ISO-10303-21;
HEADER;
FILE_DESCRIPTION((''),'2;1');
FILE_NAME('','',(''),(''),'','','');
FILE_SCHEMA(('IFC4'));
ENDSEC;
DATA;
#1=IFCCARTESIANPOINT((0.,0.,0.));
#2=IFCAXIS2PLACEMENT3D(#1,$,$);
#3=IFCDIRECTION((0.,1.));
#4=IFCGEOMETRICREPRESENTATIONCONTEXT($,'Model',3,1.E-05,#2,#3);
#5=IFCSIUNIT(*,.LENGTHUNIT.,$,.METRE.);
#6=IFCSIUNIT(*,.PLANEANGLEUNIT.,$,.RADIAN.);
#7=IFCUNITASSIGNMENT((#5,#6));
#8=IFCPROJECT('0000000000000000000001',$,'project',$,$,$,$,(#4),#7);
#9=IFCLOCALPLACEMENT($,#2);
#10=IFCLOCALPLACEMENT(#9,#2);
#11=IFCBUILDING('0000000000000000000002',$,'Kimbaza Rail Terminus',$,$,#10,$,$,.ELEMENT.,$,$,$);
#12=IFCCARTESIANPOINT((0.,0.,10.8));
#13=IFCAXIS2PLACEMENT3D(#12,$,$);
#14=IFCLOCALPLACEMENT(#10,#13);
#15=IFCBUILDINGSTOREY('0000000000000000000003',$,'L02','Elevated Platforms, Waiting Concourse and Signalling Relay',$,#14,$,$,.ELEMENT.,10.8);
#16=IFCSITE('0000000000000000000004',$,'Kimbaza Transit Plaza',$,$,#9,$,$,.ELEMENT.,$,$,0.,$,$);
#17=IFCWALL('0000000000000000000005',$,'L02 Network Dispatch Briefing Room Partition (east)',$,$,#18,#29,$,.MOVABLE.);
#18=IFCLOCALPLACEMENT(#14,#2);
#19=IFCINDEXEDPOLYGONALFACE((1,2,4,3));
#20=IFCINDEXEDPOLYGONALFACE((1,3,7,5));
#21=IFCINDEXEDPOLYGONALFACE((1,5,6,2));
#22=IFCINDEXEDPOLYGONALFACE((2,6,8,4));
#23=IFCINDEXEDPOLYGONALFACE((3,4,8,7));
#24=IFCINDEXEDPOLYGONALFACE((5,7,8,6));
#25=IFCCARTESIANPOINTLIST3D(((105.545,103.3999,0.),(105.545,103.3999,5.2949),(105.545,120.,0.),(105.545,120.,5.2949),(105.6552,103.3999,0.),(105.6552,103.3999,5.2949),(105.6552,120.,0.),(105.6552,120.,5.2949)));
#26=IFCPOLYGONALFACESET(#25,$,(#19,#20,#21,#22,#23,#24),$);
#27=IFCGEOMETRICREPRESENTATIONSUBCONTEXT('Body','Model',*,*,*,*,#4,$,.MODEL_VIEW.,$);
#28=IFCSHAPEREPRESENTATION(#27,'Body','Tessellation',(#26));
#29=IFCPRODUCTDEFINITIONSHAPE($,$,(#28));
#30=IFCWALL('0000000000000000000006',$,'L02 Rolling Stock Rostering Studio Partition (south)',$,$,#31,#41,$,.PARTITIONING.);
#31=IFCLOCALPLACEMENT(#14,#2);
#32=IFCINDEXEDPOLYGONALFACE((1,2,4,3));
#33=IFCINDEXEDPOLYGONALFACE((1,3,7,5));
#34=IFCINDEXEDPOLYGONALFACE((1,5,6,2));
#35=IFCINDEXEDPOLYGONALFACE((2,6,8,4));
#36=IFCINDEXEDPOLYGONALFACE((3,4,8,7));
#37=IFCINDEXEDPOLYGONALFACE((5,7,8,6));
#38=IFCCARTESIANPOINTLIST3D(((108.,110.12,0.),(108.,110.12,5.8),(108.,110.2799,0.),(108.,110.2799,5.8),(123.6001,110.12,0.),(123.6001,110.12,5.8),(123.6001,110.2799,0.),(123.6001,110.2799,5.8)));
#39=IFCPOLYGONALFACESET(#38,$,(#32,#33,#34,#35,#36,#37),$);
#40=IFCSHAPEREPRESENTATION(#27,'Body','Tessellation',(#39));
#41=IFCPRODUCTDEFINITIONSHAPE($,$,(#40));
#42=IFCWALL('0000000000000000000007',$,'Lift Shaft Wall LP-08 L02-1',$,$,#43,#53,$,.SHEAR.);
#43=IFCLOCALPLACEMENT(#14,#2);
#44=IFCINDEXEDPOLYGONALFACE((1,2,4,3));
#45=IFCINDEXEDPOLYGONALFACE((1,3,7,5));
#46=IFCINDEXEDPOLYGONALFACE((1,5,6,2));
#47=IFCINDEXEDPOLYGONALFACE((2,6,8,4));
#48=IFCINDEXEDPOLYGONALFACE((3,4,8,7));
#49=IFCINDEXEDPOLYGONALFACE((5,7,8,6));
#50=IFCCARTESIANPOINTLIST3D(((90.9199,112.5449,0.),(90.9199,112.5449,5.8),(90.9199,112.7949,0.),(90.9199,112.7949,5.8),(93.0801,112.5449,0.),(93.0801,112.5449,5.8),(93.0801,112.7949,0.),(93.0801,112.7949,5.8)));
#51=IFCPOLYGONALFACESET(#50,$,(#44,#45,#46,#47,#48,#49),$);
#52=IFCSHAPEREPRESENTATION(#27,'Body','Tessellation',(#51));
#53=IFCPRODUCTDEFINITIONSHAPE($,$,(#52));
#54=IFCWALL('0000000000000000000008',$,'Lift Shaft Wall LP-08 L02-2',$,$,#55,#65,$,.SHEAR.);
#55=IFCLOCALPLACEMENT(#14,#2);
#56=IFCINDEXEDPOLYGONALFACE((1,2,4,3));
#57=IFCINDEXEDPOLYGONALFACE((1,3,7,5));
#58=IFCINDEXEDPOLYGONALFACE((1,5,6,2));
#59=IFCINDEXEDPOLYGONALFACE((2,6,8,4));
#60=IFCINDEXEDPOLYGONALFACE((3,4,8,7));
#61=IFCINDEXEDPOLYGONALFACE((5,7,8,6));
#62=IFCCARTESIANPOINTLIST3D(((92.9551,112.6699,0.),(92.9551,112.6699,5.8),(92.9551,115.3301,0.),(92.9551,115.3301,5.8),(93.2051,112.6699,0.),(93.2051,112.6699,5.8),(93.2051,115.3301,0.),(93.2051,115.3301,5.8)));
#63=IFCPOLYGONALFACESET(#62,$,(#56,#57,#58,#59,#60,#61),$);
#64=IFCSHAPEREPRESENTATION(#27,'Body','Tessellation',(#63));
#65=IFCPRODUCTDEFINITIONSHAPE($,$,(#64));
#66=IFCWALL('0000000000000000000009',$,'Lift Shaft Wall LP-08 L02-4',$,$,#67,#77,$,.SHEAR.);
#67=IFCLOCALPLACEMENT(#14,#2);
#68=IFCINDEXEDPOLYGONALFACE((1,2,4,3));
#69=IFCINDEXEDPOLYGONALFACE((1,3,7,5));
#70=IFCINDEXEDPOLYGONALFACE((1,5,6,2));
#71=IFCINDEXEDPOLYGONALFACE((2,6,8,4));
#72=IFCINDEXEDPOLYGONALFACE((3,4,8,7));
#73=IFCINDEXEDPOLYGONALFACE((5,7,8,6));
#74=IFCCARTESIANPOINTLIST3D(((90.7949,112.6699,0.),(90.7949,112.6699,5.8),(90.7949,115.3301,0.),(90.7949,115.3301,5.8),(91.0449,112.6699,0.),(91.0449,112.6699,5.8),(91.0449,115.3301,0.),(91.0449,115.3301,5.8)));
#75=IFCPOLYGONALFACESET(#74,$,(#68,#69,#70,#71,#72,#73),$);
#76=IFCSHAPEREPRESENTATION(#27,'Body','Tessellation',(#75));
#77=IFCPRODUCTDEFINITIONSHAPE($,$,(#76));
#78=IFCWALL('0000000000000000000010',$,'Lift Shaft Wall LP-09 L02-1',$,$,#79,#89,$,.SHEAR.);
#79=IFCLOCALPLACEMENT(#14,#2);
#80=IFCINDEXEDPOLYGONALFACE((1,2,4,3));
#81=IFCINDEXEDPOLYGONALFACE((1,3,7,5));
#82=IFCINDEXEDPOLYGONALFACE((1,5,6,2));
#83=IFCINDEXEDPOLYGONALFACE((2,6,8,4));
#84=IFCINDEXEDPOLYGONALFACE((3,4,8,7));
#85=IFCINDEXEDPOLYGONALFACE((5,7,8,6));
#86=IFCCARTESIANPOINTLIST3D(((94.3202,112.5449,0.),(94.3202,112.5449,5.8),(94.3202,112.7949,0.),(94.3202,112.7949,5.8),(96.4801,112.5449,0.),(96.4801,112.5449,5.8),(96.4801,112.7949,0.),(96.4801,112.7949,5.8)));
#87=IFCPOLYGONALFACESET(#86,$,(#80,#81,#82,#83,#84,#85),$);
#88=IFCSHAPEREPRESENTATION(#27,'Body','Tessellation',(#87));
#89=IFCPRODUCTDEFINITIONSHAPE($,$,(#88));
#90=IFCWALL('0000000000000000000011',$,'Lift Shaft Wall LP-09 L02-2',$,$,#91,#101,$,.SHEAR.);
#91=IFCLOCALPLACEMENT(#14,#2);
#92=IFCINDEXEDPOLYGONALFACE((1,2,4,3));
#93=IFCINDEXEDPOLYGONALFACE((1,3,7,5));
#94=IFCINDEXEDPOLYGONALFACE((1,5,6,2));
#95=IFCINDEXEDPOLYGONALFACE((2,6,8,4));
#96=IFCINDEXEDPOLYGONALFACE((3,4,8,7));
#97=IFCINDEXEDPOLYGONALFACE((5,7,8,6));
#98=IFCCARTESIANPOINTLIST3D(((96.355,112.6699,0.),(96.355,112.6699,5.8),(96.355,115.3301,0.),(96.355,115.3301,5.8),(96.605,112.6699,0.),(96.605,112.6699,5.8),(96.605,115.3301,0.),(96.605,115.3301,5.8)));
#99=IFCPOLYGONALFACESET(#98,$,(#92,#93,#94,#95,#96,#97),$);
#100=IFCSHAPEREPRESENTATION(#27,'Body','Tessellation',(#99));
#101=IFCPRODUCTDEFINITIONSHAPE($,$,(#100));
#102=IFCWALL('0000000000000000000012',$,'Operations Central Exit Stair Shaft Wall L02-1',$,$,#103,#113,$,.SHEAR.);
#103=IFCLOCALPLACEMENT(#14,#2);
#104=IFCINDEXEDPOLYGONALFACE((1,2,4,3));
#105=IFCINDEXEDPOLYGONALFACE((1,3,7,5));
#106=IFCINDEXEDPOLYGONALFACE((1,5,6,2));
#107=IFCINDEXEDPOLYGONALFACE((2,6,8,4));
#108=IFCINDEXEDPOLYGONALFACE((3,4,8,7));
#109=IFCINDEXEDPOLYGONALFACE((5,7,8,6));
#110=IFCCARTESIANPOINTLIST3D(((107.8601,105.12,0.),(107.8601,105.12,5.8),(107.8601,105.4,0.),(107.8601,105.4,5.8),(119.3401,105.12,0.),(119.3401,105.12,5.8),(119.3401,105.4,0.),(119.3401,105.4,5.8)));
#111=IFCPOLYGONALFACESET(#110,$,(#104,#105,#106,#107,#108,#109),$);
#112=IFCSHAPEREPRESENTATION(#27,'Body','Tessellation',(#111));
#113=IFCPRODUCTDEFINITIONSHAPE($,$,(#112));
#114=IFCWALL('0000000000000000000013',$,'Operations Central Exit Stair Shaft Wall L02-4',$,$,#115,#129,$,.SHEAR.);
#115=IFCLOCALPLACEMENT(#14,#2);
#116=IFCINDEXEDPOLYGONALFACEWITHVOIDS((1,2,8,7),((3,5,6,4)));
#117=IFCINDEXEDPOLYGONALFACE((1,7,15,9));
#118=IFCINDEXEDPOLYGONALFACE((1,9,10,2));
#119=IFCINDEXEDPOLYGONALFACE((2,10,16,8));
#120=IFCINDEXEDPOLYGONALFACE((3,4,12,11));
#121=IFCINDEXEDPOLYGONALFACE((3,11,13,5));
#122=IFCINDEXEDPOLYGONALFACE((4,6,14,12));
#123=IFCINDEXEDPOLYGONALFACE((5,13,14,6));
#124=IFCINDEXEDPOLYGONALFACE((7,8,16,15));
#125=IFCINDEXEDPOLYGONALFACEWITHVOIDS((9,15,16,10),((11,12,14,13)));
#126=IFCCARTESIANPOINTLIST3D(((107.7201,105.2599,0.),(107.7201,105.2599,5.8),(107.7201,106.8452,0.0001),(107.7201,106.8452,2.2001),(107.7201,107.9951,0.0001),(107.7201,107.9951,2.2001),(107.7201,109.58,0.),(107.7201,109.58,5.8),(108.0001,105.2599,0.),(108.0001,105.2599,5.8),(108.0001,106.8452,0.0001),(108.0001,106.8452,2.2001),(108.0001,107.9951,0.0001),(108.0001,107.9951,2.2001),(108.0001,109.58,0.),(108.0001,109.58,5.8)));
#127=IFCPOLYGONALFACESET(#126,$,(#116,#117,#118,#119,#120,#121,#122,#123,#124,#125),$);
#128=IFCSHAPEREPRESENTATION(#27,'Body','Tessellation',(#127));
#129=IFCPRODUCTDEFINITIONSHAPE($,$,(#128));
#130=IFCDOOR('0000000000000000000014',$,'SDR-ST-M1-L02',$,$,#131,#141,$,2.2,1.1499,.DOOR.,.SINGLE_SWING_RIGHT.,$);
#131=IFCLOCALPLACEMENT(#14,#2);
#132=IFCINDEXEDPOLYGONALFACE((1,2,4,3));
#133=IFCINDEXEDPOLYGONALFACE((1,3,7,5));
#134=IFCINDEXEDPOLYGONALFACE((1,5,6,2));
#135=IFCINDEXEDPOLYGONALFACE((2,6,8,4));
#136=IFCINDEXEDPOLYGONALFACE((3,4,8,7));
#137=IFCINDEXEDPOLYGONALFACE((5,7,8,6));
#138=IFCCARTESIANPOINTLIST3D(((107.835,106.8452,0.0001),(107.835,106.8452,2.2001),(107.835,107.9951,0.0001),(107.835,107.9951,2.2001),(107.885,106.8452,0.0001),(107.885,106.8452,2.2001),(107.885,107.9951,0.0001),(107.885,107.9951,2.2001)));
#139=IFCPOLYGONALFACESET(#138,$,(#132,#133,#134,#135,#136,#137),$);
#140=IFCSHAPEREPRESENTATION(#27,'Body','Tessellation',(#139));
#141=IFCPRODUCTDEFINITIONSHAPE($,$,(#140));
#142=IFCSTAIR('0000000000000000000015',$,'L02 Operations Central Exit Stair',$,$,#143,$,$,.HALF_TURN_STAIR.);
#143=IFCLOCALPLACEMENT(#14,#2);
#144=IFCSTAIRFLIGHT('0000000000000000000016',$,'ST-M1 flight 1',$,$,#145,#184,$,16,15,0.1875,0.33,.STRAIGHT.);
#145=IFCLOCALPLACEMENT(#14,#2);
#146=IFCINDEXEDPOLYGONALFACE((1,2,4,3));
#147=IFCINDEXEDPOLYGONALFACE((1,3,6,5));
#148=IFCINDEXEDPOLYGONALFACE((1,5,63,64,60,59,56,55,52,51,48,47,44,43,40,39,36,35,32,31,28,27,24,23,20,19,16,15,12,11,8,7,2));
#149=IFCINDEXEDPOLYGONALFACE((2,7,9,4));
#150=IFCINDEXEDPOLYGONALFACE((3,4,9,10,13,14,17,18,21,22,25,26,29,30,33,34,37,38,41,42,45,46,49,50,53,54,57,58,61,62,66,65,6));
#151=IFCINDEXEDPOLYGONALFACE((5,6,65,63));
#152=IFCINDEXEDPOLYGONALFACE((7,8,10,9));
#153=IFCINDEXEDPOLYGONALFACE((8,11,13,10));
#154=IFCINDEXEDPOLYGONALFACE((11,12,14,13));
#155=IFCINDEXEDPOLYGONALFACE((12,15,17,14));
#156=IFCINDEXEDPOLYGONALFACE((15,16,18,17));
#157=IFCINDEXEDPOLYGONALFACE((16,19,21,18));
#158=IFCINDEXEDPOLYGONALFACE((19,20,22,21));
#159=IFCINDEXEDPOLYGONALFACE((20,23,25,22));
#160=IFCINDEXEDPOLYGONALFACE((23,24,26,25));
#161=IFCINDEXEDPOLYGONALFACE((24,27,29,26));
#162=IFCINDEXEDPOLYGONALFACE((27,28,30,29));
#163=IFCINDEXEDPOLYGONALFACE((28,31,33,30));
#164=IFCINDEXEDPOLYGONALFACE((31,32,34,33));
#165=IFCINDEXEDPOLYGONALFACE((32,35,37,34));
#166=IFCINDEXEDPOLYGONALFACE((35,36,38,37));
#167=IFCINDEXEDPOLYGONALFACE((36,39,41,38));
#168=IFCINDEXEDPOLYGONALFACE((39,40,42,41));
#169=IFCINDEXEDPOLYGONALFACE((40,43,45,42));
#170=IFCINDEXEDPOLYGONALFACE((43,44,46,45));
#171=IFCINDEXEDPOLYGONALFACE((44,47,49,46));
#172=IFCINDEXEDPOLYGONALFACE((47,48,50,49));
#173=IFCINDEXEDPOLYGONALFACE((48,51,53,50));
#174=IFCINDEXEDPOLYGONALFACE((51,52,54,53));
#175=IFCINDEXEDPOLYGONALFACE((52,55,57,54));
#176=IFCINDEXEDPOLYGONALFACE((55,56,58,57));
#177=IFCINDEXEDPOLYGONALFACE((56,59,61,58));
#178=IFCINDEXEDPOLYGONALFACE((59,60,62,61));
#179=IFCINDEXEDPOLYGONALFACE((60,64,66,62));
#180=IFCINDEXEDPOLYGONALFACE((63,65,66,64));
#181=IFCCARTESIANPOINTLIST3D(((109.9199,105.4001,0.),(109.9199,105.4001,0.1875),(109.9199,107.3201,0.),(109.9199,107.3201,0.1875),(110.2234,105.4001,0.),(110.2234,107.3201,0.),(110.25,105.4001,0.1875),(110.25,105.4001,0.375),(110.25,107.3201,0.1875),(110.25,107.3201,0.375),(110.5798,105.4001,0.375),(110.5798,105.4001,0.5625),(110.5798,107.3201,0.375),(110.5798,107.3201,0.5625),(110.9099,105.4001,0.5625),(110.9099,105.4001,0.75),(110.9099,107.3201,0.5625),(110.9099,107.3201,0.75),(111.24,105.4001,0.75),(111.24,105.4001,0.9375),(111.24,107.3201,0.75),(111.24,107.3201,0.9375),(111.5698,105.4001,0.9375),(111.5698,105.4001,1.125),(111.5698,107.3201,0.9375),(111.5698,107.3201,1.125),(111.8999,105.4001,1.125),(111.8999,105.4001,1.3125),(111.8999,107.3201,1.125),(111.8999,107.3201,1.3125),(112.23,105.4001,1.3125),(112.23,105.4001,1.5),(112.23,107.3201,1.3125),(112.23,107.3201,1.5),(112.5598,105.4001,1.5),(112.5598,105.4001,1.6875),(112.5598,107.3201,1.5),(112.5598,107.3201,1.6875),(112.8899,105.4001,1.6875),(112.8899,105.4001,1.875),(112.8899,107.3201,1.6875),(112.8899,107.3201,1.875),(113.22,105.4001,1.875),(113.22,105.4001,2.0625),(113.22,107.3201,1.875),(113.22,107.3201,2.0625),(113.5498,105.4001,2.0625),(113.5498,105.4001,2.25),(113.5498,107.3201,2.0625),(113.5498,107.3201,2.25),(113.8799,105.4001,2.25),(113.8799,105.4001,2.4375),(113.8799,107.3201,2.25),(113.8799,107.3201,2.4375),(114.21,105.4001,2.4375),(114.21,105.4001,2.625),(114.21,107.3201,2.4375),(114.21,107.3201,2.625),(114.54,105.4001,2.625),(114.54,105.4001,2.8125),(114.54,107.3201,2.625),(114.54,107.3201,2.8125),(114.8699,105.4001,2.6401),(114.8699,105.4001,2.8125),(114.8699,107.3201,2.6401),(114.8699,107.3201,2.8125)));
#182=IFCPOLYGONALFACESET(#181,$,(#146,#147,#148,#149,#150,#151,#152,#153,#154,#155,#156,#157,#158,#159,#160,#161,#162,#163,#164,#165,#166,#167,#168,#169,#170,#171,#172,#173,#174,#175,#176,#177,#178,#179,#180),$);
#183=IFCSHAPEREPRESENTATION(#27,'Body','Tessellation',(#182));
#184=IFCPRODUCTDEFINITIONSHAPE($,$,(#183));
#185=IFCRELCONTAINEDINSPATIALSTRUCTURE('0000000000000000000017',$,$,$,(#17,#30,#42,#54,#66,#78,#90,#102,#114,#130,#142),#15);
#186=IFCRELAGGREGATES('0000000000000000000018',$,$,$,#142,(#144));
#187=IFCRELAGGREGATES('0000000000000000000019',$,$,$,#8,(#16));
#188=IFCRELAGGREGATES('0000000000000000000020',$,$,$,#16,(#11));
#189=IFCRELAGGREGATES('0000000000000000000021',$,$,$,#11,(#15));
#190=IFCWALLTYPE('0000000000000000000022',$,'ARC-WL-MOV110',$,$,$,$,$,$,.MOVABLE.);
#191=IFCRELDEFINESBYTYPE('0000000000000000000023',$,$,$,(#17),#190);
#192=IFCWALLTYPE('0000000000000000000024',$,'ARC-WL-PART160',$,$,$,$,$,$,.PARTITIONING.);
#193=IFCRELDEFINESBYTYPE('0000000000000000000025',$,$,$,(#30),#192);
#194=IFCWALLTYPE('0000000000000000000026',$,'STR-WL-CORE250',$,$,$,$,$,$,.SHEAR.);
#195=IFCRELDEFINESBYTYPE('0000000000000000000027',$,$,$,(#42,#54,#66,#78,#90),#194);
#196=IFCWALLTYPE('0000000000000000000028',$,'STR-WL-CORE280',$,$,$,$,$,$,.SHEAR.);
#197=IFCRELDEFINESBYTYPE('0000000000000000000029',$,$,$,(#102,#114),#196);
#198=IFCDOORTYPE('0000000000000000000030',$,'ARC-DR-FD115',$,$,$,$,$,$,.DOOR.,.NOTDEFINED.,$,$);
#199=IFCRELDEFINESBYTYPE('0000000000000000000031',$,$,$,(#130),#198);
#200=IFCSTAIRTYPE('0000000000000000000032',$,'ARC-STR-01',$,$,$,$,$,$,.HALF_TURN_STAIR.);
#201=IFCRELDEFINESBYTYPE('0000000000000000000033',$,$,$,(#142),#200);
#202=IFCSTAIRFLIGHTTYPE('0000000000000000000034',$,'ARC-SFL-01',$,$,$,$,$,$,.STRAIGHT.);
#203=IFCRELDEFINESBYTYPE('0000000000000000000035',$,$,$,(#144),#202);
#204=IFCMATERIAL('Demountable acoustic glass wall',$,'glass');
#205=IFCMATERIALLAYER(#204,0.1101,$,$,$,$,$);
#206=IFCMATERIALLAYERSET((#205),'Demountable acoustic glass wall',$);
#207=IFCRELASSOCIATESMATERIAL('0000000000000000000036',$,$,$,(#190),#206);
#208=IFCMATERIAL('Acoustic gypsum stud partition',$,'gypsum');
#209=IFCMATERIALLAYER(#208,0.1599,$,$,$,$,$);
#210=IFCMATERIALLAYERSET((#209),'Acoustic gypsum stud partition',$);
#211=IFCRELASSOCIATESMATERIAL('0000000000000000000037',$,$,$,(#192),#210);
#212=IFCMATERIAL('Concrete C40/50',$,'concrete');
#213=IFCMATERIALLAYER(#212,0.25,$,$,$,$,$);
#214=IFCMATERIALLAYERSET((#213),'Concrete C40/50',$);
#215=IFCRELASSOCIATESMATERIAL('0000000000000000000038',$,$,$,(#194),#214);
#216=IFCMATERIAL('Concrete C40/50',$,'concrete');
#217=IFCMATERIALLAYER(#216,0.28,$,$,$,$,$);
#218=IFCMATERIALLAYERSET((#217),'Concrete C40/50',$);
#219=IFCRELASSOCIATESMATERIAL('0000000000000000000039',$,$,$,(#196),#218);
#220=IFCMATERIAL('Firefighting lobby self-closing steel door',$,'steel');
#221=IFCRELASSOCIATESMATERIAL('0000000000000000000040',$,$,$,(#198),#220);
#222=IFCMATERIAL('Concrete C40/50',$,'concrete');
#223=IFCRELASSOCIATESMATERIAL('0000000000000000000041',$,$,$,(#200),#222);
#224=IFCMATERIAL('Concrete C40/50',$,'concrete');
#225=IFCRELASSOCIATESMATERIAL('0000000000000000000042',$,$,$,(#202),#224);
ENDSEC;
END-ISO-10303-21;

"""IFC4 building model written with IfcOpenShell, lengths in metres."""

from ifc_helpers import new_model, si_unit, direction, frame, frame_2d, origin, place, context, subcontext, project, spatial, polyline, rectangle, outline, extrude, material, layer, layer_set, type_object, element, fill, aggregate, save


model = new_model("IFC4")

# Units and contexts
model_context = context("Model", 3, precision=1e-05, world=origin(), true_north=direction((0.0, 1.0)))
body_context = subcontext(model_context, "Body", "Model", "MODEL_VIEW")
ifc_project = project(units=[si_unit("LENGTHUNIT", "METRE"), si_unit("PLANEANGLEUNIT", "RADIAN")], contexts=[model_context])

# Site, building, storey
site_placement = place(None, origin())
site = spatial("IfcSite", under=ifc_project, at=site_placement, Name="Kimbaza Transit Plaza", CompositionType="ELEMENT", RefElevation=0.0)
building_placement = place(site_placement, origin())
building = spatial("IfcBuilding", under=site, at=building_placement, Name="Kimbaza Rail Terminus", CompositionType="ELEMENT")
storey_placement = place(building_placement, frame((0.0, 0.0, 10.8)))
storey = spatial("IfcBuildingStorey", under=building, at=storey_placement, Name="L02", Description="Elevated Platforms, Waiting Concourse and Signalling Relay", CompositionType="ELEMENT", Elevation=10.8)

# Walls
ifc_material_1 = material(Name="Demountable acoustic glass wall", Category="glass")
ifc_layer_1 = layer(ifc_material_1, 0.1101)
ifc_layer_set_1 = layer_set([ifc_layer_1], Name="Demountable acoustic glass wall")
wall_type_1 = type_object("IfcWallType", Name="ARC-WL-MOV110", PredefinedType="MOVABLE", material=ifc_layer_set_1)
wall_1_placement = place(storey_placement, frame((105.6001, 103.3999, 0.0), z_axis=(0.0, 0.0, 1.0), x_axis=(0.0, 1.0, 0.0)))
element("IfcWall", 1, at=wall_1_placement, inside=storey, type_object=wall_type_1, Name="L02 Network Dispatch Briefing Room Partition (east)", PredefinedType="MOVABLE", context=body_context, shape_type="SweptSolid", body=[
    extrude(rectangle(XDim=16.6001, YDim=0.1101, at=frame_2d((8.3, 0.0))), origin(), (0.0, 0.0, 1.0), 5.2949),
])
ifc_material_2 = material(Name="Acoustic gypsum stud partition", Category="gypsum")
ifc_layer_2 = layer(ifc_material_2, 0.1599)
ifc_layer_set_2 = layer_set([ifc_layer_2], Name="Acoustic gypsum stud partition")
wall_type_2 = type_object("IfcWallType", Name="ARC-WL-PART160", PredefinedType="PARTITIONING", material=ifc_layer_set_2)
wall_2_placement = place(storey_placement, frame((108.0, 110.2, 0.0), z_axis=(0.0, 0.0, 1.0), x_axis=(1.0, 0.0, 0.0)))
element("IfcWall", 2, at=wall_2_placement, inside=storey, type_object=wall_type_2, Name="L02 Rolling Stock Rostering Studio Partition (south)", PredefinedType="PARTITIONING", context=body_context, shape_type="SweptSolid", body=[
    extrude(rectangle(XDim=15.6001, YDim=0.1599, at=frame_2d((7.8, 0.0))), origin(), (0.0, 0.0, 1.0), 5.8),
])
ifc_material_3 = material(Name="Concrete C40/50", Category="concrete")
ifc_layer_3 = layer(ifc_material_3, 0.25)
ifc_layer_set_3 = layer_set([ifc_layer_3], Name="Concrete C40/50")
wall_type_3 = type_object("IfcWallType", Name="STR-WL-CORE250", PredefinedType="SHEAR", material=ifc_layer_set_3)
wall_3_placement = place(storey_placement, frame((90.9199, 112.6699, 0.0), z_axis=(0.0, 0.0, 1.0), x_axis=(1.0, 0.0, 0.0)))
element("IfcWall", 3, at=wall_3_placement, inside=storey, type_object=wall_type_3, Name="Lift Shaft Wall LP-08 L02-1", PredefinedType="SHEAR", context=body_context, shape_type="SweptSolid", body=[
    extrude(rectangle(XDim=2.1602, YDim=0.25, at=frame_2d((1.0801, 0.0))), origin(), (0.0, 0.0, 1.0), 5.8),
])
for number, where, z_axis, x_axis, name in (
    (4, (93.0801, 112.6699, 0.0), (0.0, 0.0, 1.0), (0.0, 1.0, 0.0), "Lift Shaft Wall LP-08 L02-2"),
    (5, (90.9199, 115.3301, 0.0), (0.0, 0.0, 1.0), (0.0, -1.0, 0.0), "Lift Shaft Wall LP-08 L02-4"),
):
    element("IfcWall", number, at=place(storey_placement, frame(where, z_axis=z_axis, x_axis=x_axis)), inside=storey, type_object=wall_type_3, Name=name, PredefinedType="SHEAR", context=body_context, shape_type="SweptSolid", body=[
        extrude(rectangle(XDim=2.6602, YDim=0.25, at=frame_2d((1.3301, 0.0))), origin(), (0.0, 0.0, 1.0), 5.8),
    ])
wall_4_placement = place(storey_placement, frame((94.3201, 112.6699, 0.0), z_axis=(0.0, 0.0, 1.0), x_axis=(1.0, 0.0, 0.0)))
element("IfcWall", 6, at=wall_4_placement, inside=storey, type_object=wall_type_3, Name="Lift Shaft Wall LP-09 L02-1", PredefinedType="SHEAR", context=body_context, shape_type="SweptSolid", body=[
    extrude(rectangle(XDim=2.1599, YDim=0.25, at=frame_2d((1.0801, 0.0))), origin(), (0.0, 0.0, 1.0), 5.8),
])
wall_5_placement = place(storey_placement, frame((96.48, 112.6699, 0.0), z_axis=(0.0, 0.0, 1.0), x_axis=(0.0, 1.0, 0.0)))
element("IfcWall", 7, at=wall_5_placement, inside=storey, type_object=wall_type_3, Name="Lift Shaft Wall LP-09 L02-2", PredefinedType="SHEAR", context=body_context, shape_type="SweptSolid", body=[
    extrude(rectangle(XDim=2.6602, YDim=0.25, at=frame_2d((1.3301, 0.0))), origin(), (0.0, 0.0, 1.0), 5.8),
])
ifc_material_4 = material(Name="Concrete C40/50", Category="concrete")
ifc_layer_4 = layer(ifc_material_4, 0.28)
ifc_layer_set_4 = layer_set([ifc_layer_4], Name="Concrete C40/50")
wall_type_4 = type_object("IfcWallType", Name="STR-WL-CORE280", PredefinedType="SHEAR", material=ifc_layer_set_4)
wall_6_placement = place(storey_placement, frame((107.8601, 105.26, 0.0), z_axis=(0.0, 0.0, 1.0), x_axis=(1.0, 0.0, 0.0)))
element("IfcWall", 8, at=wall_6_placement, inside=storey, type_object=wall_type_4, Name="Operations Central Exit Stair Shaft Wall L02-1", PredefinedType="SHEAR", context=body_context, shape_type="SweptSolid", body=[
    extrude(rectangle(XDim=11.48, YDim=0.28, at=frame_2d((5.74, 0.0))), origin(), (0.0, 0.0, 1.0), 5.8),
])

# Wall, opening, door
wall_7_placement = place(storey_placement, frame((107.8601, 109.5801, 0.0), z_axis=(0.0, 0.0, 1.0), x_axis=(0.0, -1.0, 0.0)))
wall_7 = element("IfcWall", 9, at=wall_7_placement, inside=storey, type_object=wall_type_4, Name="Operations Central Exit Stair Shaft Wall L02-4", PredefinedType="SHEAR", context=body_context, shape_type="SweptSolid", body=[
    extrude(rectangle(XDim=4.3201, YDim=0.28, at=frame_2d((2.1602, 0.0))), origin(), (0.0, 0.0, 1.0), 5.8),
])
opening_placement = place(wall_7_placement, frame((1.585, 0.0, 0.0)))
opening = element("IfcOpeningElement", 10, at=opening_placement, cuts=wall_7, PredefinedType="OPENING", context=body_context, shape_type="SweptSolid", body=[
    extrude(rectangle(XDim=1.1499, YDim=2.2, at=frame_2d((0.575, 1.1001))), frame((0.0, 0.1499, 0.0), z_axis=(0.0, -1.0, 0.0), x_axis=(1.0, 0.0, 0.0)), (0.0, 0.0, 1.0), 0.3),
])
ifc_material_5 = material(Name="Firefighting lobby self-closing steel door", Category="steel")
door_type = type_object("IfcDoorType", Name="ARC-DR-FD115", OperationType="NOTDEFINED", PredefinedType="DOOR", material=ifc_material_5)
door_placement = place(opening_placement, origin())
door = element("IfcDoor", 11, at=door_placement, inside=storey, type_object=door_type, Name="SDR-ST-M1-L02", OperationType="SINGLE_SWING_RIGHT", OverallHeight=2.2, OverallWidth=1.1499, PredefinedType="DOOR", context=body_context, shape_type="SweptSolid", body=[
    extrude(rectangle(XDim=1.1499, YDim=2.2, at=frame_2d((0.575, 1.1001))), frame((0.0, 0.0249, 0.0), z_axis=(0.0, -1.0, 0.0), x_axis=(1.0, 0.0, 0.0)), (0.0, 0.0, 1.0), 0.05),
])
fill(opening, door)

# Stair, stair flight
ifc_material_6 = material(Name="Concrete C40/50", Category="concrete")
stair_type = type_object("IfcStairType", Name="ARC-STR-01", PredefinedType="HALF_TURN_STAIR", material=ifc_material_6)
stair_placement = place(storey_placement, origin())
stair = element("IfcStair", 12, at=stair_placement, inside=storey, type_object=stair_type, Name="L02 Operations Central Exit Stair", PredefinedType="HALF_TURN_STAIR")
ifc_material_7 = material(Name="Concrete C40/50", Category="concrete")
stair_flight_type = type_object("IfcStairFlightType", Name="ARC-SFL-01", PredefinedType="STRAIGHT", material=ifc_material_7)
stair_flight_placement = place(storey_placement, frame((109.9199, 106.3601, 0.0), z_axis=(0.0, 0.0, 1.0), x_axis=(1.0, 0.0, 0.0)))
stair_flight = element("IfcStairFlight", 13, at=stair_flight_placement, type_object=stair_flight_type, Name="ST-M1 flight 1", NumberOfRisers=16, NumberOfTreads=15, PredefinedType="STRAIGHT", RiserHeight=0.1875, TreadLength=0.33, context=body_context, shape_type="SweptSolid", body=[
    extrude(outline(polyline([(0.0, 0.0), (0.0, 0.1875), (0.3301, 0.1875), (0.3301, 0.375), (0.6599, 0.375), (0.6599, 0.5625), (0.99, 0.5625), (0.99, 0.75), (1.3201, 0.75), (1.3201, 0.9375), (1.6499, 0.9375), (1.6499, 1.125), (1.98, 1.125), (1.98, 1.3125), (2.3101, 1.3125), (2.3101, 1.5), (2.6399, 1.5), (2.6399, 1.6875), (2.97, 1.6875), (2.97, 1.875), (3.3, 1.875), (3.3, 2.0625), (3.6299, 2.0625), (3.6299, 2.25), (3.96, 2.25), (3.96, 2.4375), (4.29, 2.4375), (4.29, 2.625), (4.6201, 2.625), (4.6201, 2.8125), (4.95, 2.8125), (4.95, 3.0), (4.95, 2.6401), (0.3035, 0.0), (0.0, 0.0)])), frame((0.0, 0.96, 0.0), z_axis=(0.0, -1.0, 0.0), x_axis=(1.0, 0.0, 0.0)), (0.0, 0.0, 1.0), 1.9199),
])
aggregate(stair, [stair_flight])

save(model, "model.ifc")
